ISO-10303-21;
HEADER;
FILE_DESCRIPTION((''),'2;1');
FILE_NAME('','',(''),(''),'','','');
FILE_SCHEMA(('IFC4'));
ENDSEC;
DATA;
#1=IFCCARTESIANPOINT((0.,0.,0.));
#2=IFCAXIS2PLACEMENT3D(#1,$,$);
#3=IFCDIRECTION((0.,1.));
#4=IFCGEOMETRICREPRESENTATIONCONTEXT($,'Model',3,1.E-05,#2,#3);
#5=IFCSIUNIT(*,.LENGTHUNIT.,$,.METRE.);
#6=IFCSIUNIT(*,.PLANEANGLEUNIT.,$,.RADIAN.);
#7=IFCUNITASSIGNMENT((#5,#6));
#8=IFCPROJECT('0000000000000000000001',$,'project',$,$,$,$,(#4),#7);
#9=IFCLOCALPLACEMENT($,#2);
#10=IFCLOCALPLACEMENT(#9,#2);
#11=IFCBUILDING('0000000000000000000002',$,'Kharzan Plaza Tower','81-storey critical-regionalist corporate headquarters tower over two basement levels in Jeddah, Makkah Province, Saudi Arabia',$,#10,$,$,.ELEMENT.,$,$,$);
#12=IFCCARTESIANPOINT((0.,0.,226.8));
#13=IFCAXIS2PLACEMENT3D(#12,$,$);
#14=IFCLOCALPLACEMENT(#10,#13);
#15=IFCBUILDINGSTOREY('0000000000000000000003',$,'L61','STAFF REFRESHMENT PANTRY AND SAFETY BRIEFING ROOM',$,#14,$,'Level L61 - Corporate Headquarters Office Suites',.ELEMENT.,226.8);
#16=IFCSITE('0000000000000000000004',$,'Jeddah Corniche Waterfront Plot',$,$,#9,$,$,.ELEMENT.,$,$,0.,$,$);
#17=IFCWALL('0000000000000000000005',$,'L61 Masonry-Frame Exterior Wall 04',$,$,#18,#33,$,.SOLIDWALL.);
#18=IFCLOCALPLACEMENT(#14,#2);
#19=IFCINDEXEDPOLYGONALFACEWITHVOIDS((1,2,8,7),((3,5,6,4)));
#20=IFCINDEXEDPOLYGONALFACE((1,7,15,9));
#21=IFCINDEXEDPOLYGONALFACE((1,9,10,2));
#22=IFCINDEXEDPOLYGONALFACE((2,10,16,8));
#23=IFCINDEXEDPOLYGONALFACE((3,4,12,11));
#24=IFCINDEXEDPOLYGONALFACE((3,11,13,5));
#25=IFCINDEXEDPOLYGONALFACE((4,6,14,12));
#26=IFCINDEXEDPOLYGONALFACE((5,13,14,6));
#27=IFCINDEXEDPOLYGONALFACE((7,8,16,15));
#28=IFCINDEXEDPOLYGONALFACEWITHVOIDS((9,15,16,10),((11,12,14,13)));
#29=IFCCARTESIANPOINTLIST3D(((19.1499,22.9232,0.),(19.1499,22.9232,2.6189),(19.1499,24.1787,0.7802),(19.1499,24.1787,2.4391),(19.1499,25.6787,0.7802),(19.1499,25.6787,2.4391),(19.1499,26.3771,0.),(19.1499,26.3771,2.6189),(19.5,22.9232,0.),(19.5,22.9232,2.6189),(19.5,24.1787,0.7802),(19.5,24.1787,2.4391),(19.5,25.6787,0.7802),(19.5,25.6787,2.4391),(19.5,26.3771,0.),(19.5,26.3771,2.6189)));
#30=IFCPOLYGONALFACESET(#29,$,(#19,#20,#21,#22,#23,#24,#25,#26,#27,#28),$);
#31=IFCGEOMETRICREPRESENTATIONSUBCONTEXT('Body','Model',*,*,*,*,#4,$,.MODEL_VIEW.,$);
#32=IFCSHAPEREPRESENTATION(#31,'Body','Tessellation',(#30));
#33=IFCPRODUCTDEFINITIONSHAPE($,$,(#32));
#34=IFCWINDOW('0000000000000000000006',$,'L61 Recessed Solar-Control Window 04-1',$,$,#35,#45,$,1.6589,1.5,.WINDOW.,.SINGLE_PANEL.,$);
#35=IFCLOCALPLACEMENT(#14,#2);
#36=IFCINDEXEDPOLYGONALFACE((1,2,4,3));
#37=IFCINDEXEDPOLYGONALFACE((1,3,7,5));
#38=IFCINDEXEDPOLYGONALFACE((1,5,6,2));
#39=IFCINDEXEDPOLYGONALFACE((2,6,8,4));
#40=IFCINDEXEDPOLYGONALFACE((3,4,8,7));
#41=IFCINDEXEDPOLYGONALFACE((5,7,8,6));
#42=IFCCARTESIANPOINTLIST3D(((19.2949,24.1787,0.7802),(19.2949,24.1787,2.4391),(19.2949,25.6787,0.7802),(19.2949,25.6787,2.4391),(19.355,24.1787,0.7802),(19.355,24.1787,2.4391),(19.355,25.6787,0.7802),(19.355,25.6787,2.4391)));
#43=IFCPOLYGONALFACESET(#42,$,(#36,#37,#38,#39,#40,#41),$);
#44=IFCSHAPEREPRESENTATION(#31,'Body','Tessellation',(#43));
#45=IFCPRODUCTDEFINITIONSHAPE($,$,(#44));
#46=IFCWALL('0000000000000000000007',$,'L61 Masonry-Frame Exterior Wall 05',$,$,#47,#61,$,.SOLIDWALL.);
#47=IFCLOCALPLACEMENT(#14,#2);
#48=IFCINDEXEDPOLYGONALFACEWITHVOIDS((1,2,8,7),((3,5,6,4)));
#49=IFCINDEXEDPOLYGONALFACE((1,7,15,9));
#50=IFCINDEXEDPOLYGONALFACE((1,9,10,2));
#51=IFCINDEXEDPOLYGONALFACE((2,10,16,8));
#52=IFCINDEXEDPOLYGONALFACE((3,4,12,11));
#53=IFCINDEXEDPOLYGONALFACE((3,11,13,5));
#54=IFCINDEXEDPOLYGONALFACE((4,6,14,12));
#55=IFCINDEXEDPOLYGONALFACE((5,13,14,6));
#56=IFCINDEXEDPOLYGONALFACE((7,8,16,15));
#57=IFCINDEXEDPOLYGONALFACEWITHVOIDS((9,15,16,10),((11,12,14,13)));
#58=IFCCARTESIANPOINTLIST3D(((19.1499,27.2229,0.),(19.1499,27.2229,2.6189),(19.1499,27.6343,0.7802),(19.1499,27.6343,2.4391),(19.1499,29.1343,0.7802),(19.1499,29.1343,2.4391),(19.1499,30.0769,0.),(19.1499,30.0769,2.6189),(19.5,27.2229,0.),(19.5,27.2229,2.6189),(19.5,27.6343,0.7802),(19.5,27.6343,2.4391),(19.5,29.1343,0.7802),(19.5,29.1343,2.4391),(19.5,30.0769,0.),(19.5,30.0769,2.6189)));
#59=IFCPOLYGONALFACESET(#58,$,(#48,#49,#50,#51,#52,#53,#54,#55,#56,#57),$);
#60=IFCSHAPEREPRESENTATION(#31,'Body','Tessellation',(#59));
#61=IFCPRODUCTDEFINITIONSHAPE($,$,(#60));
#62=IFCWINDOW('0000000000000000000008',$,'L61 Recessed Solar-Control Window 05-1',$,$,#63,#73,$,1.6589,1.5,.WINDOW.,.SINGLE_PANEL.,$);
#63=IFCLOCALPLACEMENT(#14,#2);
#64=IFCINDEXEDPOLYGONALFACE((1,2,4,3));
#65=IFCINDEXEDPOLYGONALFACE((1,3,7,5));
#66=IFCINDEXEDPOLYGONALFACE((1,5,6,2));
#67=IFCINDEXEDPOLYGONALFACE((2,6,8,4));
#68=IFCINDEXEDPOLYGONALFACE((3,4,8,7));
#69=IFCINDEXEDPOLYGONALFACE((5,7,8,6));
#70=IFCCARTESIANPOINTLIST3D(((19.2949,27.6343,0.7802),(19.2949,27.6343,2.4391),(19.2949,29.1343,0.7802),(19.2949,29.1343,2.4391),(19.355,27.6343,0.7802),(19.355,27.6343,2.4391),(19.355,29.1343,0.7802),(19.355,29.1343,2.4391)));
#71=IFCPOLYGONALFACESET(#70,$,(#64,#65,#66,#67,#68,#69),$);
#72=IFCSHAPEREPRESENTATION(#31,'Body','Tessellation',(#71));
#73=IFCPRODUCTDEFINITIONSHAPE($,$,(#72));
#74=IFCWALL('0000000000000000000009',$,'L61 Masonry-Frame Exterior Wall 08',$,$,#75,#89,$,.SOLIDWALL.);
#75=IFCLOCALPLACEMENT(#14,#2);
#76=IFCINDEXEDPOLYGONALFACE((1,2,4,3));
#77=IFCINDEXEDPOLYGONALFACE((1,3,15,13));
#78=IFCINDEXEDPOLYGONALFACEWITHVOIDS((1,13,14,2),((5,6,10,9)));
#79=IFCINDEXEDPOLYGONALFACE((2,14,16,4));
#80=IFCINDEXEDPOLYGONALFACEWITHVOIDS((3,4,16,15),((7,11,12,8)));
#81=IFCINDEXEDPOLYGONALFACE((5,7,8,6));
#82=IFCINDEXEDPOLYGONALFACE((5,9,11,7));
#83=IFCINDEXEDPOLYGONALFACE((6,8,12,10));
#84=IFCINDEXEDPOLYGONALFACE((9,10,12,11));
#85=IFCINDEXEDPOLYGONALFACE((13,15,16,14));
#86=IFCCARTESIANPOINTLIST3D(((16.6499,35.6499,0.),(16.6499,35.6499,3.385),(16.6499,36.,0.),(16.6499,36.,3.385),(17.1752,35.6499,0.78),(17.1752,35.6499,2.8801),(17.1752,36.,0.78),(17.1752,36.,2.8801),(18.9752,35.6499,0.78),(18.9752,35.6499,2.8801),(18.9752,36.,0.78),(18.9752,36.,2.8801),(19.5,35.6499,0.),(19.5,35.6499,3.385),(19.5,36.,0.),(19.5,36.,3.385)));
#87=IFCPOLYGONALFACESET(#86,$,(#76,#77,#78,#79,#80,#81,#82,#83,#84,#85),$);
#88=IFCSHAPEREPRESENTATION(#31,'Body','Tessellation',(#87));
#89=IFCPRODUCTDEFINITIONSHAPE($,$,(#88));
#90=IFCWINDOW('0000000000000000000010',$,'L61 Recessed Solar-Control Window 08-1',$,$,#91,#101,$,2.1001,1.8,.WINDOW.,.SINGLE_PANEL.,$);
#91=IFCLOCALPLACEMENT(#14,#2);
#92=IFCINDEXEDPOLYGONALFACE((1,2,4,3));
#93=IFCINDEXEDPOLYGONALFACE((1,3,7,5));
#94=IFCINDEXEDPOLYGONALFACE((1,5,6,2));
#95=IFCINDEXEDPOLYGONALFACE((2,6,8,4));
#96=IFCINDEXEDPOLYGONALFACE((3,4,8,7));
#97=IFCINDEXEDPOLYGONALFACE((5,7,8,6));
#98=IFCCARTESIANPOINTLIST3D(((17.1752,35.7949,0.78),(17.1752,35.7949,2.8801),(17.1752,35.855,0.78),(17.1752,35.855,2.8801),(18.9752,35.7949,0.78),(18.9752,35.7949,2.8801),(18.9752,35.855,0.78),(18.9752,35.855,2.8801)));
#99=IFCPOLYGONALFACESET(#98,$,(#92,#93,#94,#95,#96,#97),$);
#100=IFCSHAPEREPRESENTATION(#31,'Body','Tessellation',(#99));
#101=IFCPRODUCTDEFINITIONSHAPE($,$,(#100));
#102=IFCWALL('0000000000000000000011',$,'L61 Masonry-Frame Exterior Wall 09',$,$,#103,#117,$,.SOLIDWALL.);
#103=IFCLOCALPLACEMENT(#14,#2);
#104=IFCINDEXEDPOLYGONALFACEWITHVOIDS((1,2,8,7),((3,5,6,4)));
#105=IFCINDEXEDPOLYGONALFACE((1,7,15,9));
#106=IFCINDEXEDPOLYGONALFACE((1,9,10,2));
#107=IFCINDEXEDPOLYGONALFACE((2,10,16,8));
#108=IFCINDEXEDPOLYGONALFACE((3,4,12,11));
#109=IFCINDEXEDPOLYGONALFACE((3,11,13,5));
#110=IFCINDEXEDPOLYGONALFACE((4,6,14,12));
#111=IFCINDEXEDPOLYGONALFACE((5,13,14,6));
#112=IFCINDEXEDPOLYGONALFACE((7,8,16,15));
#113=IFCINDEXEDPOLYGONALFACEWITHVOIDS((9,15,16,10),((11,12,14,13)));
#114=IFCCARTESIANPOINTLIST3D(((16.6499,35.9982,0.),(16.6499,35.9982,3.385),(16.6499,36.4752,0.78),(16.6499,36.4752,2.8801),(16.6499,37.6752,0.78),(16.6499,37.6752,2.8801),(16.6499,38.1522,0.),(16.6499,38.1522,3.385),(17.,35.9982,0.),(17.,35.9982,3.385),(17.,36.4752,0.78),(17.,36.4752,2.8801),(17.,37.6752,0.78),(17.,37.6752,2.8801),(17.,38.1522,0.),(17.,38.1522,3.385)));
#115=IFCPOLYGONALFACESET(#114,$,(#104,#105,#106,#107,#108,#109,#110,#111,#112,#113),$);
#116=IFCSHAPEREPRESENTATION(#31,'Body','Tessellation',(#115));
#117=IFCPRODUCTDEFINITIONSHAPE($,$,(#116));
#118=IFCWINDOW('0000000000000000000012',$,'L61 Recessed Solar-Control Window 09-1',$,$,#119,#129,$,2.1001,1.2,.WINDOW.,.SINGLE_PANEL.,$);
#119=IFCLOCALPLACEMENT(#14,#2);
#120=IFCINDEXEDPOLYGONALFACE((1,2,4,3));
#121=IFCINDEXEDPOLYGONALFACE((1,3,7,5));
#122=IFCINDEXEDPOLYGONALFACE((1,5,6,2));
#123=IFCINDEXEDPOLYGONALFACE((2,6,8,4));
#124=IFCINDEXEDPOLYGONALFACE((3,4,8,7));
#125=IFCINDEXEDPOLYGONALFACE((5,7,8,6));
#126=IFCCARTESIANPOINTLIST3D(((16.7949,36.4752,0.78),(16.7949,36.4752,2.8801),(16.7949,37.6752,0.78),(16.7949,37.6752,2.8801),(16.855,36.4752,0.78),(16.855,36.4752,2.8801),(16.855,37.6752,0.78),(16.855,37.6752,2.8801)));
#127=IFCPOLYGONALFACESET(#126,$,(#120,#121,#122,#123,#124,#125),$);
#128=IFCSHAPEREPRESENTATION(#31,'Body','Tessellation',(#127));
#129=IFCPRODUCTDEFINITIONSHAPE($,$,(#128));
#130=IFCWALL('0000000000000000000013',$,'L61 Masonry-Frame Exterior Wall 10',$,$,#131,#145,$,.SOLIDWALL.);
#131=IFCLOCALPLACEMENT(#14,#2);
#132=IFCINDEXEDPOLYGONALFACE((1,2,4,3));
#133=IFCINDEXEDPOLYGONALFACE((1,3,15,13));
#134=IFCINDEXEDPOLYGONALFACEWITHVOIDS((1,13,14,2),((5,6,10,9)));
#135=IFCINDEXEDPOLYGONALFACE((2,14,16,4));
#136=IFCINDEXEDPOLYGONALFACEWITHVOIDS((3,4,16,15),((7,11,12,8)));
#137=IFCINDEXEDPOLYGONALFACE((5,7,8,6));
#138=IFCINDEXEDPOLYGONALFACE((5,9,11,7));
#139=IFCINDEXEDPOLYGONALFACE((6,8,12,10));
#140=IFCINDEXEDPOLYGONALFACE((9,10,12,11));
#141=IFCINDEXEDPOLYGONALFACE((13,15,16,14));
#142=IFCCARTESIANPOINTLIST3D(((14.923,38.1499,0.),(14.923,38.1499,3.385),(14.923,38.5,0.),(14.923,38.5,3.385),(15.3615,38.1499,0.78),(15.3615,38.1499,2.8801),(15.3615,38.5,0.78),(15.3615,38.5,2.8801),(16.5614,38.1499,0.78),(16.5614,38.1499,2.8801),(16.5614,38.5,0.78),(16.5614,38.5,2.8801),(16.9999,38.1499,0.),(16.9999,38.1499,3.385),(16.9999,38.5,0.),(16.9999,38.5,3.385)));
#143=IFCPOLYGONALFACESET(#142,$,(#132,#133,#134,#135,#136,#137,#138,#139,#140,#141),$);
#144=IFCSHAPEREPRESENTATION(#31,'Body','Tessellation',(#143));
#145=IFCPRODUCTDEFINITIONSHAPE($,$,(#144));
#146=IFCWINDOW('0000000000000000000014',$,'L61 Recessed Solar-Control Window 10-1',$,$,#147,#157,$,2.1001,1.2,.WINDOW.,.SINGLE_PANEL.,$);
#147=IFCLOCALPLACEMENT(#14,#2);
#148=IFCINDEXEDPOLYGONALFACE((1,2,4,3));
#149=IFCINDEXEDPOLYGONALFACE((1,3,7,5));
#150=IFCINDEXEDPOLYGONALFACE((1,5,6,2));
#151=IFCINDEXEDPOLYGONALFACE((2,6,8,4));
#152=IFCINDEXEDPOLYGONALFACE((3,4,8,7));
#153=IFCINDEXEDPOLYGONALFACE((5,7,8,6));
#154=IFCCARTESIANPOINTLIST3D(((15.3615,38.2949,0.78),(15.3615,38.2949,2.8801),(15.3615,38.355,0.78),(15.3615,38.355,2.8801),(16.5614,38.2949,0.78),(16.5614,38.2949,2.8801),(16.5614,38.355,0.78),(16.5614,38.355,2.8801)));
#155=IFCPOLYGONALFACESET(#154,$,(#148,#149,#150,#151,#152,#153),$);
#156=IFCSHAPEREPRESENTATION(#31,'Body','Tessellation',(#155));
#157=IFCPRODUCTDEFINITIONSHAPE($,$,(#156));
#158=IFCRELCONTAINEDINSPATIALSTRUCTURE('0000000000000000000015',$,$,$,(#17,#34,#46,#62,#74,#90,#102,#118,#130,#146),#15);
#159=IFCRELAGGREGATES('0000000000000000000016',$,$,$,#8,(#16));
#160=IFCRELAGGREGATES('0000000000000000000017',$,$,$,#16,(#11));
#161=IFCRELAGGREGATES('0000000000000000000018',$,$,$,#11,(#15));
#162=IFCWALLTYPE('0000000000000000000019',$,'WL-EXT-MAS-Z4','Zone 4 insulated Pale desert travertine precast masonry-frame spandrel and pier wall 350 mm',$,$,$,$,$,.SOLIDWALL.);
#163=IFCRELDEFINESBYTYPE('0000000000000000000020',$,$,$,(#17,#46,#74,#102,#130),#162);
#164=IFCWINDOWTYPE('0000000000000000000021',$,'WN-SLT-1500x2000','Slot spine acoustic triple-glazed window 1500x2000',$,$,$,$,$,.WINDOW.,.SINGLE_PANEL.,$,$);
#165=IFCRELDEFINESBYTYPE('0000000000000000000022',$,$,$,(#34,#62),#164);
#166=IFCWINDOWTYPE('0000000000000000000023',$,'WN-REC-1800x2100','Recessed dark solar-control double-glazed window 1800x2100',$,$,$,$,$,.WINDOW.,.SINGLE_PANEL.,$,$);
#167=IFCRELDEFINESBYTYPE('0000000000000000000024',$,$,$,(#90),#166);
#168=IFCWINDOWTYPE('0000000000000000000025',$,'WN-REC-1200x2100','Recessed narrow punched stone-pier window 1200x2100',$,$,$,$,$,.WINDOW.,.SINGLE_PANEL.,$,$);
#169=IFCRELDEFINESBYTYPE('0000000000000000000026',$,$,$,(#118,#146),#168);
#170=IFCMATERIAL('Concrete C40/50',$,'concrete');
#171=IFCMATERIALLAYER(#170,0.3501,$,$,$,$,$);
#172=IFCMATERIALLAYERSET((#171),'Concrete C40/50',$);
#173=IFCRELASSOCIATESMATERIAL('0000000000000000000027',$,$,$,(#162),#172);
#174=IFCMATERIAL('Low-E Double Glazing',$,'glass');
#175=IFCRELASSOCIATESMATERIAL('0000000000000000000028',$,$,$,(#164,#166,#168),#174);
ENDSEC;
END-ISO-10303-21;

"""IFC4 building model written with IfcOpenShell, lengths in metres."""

from ifc_helpers import new_model, si_unit, direction, frame, frame_2d, origin, place, context, subcontext, project, spatial, rectangle, extrude, source, transform, mapped, material, layer, layer_set, type_object, element, fill, save


model = new_model("IFC4")

# Units and contexts
model_context = context("Model", 3, precision=1e-05, world=origin(), true_north=direction((0.0, 1.0)))
body_context = subcontext(model_context, "Body", "Model", "MODEL_VIEW")
ifc_project = project(units=[si_unit("LENGTHUNIT", "METRE"), si_unit("PLANEANGLEUNIT", "RADIAN")], contexts=[model_context])

# Site, building, storey
site_placement = place(None, origin())
site = spatial("IfcSite", under=ifc_project, at=site_placement, Name="Jeddah Corniche Waterfront Plot", CompositionType="ELEMENT", RefElevation=0.0)
building_placement = place(site_placement, origin())
building = spatial("IfcBuilding", under=site, at=building_placement, Name="Kharzan Plaza Tower", Description="81-storey critical-regionalist corporate headquarters tower over two basement levels in Jeddah, Makkah Province, Saudi Arabia", CompositionType="ELEMENT")
storey_placement = place(building_placement, frame((0.0, 0.0, 226.8)))
storey = spatial("IfcBuildingStorey", under=building, at=storey_placement, Name="L61", Description="STAFF REFRESHMENT PANTRY AND SAFETY BRIEFING ROOM", LongName="Level L61 - Corporate Headquarters Office Suites", CompositionType="ELEMENT", Elevation=226.8)

# Walls, openings, windows
ifc_material_1 = material(Name="Concrete C40/50", Category="concrete")
ifc_layer_1 = layer(ifc_material_1, 0.3501)
ifc_layer_set_1 = layer_set([ifc_layer_1], Name="Concrete C40/50")
wall_type_1 = type_object("IfcWallType", Name="WL-EXT-MAS-Z4", Description="Zone 4 insulated Pale desert travertine precast masonry-frame spandrel and pier wall 350 mm", PredefinedType="SOLIDWALL", material=ifc_layer_set_1)
wall_1_placement = place(storey_placement, frame((19.325, 22.9231, 0.0), z_axis=(0.0, 0.0, 1.0), x_axis=(0.0, 1.0, 0.0)))
wall_1 = element("IfcWall", 1, at=wall_1_placement, inside=storey, type_object=wall_type_1, Name="L61 Masonry-Frame Exterior Wall 04", PredefinedType="SOLIDWALL", context=body_context, shape_type="SweptSolid", body=[
    extrude(rectangle(XDim=3.4539, YDim=0.3501, at=frame_2d((1.7271, 0.0))), origin(), (0.0, 0.0, 1.0), 2.6189),
])
opening_1_placement = place(wall_1_placement, frame((1.2556, 0.0, 0.78)))
opening_1 = element("IfcOpeningElement", 2, at=opening_1_placement, cuts=wall_1, PredefinedType="OPENING", context=body_context, shape_type="SweptSolid", body=[
    extrude(rectangle(XDim=1.5, YDim=1.6589, at=frame_2d((0.75, 0.8296))), frame((0.0, 0.1851, 0.0), z_axis=(0.0, -1.0, 0.0), x_axis=(1.0, 0.0, 0.0)), (0.0, 0.0, 1.0), 0.3701),
])
ifc_material_2 = material(Name="Low-E Double Glazing", Category="glass")
window_type_1 = type_object("IfcWindowType", Name="WN-SLT-1500x2000", Description="Slot spine acoustic triple-glazed window 1500x2000", PartitioningType="SINGLE_PANEL", PredefinedType="WINDOW", material=ifc_material_2)
shared_shape_1 = source(origin(), body_context, "Body", "SweptSolid", [
    extrude(rectangle(XDim=1.5, YDim=1.6589, at=frame_2d((0.75, 0.8296))), frame((0.0, 0.03, 0.0), z_axis=(0.0, -1.0, 0.0), x_axis=(1.0, 0.0, 0.0)), (0.0, 0.0, 1.0), 0.0601),
])
window_1_placement = place(opening_1_placement, origin())
window_1 = element("IfcWindow", 3, at=window_1_placement, inside=storey, type_object=window_type_1, Name="L61 Recessed Solar-Control Window 04-1", OverallHeight=1.6589, OverallWidth=1.5, PartitioningType="SINGLE_PANEL", PredefinedType="WINDOW", context=body_context, shape_type="MappedRepresentation", body=[
    mapped(shared_shape_1, transform((0.0, 0.0, 0.0), x_axis=(1.0, 0.0, 0.0), y_axis=(0.0, 1.0, 0.0), z_axis=(0.0, 0.0, 1.0))),
])
fill(opening_1, window_1)
wall_2_placement = place(storey_placement, frame((19.325, 27.2229, 0.0), z_axis=(0.0, 0.0, 1.0), x_axis=(0.0, 1.0, 0.0)))
wall_2 = element("IfcWall", 4, at=wall_2_placement, inside=storey, type_object=wall_type_1, Name="L61 Masonry-Frame Exterior Wall 05", PredefinedType="SOLIDWALL", context=body_context, shape_type="SweptSolid", body=[
    extrude(rectangle(XDim=2.854, YDim=0.3501, at=frame_2d((1.427, 0.0))), origin(), (0.0, 0.0, 1.0), 2.6189),
])
opening_2_placement = place(wall_2_placement, frame((0.4114, 0.0, 0.78)))
opening_2 = element("IfcOpeningElement", 5, at=opening_2_placement, cuts=wall_2, PredefinedType="OPENING", context=body_context, shape_type="SweptSolid", body=[
    extrude(rectangle(XDim=1.5, YDim=1.6589, at=frame_2d((0.75, 0.8296))), frame((0.0, 0.1851, 0.0), z_axis=(0.0, -1.0, 0.0), x_axis=(1.0, 0.0, 0.0)), (0.0, 0.0, 1.0), 0.3701),
])
window_2_placement = place(opening_2_placement, origin())
window_2 = element("IfcWindow", 6, at=window_2_placement, inside=storey, type_object=window_type_1, Name="L61 Recessed Solar-Control Window 05-1", OverallHeight=1.6589, OverallWidth=1.5, PartitioningType="SINGLE_PANEL", PredefinedType="WINDOW", context=body_context, shape_type="MappedRepresentation", body=[
    mapped(shared_shape_1, transform((0.0, 0.0, 0.0), x_axis=(1.0, 0.0, 0.0), y_axis=(0.0, 1.0, 0.0), z_axis=(0.0, 0.0, 1.0))),
])
fill(opening_2, window_2)
wall_3_placement = place(storey_placement, frame((19.5, 35.825, 0.0), z_axis=(0.0, 0.0, 1.0), x_axis=(-1.0, 0.0, 0.0)))
wall_3 = element("IfcWall", 7, at=wall_3_placement, inside=storey, type_object=wall_type_1, Name="L61 Masonry-Frame Exterior Wall 08", PredefinedType="SOLIDWALL", context=body_context, shape_type="SweptSolid", body=[
    extrude(rectangle(XDim=2.8501, YDim=0.3501, at=frame_2d((1.425, 0.0))), origin(), (0.0, 0.0, 1.0), 3.385),
])
opening_3_placement = place(wall_3_placement, frame((0.5249, 0.0, 0.78)))
opening_3 = element("IfcOpeningElement", 8, at=opening_3_placement, cuts=wall_3, PredefinedType="OPENING", context=body_context, shape_type="SweptSolid", body=[
    extrude(rectangle(XDim=1.8, YDim=2.1001, at=frame_2d((0.8999, 1.05))), frame((0.0, 0.1851, 0.0), z_axis=(0.0, -1.0, 0.0), x_axis=(1.0, 0.0, 0.0)), (0.0, 0.0, 1.0), 0.3701),
])
window_type_2 = type_object("IfcWindowType", Name="WN-REC-1800x2100", Description="Recessed dark solar-control double-glazed window 1800x2100", PartitioningType="SINGLE_PANEL", PredefinedType="WINDOW", material=ifc_material_2)
shared_shape_2 = source(origin(), body_context, "Body", "SweptSolid", [
    extrude(rectangle(XDim=1.8, YDim=2.1001, at=frame_2d((0.8999, 1.05))), frame((0.0, 0.03, 0.0), z_axis=(0.0, -1.0, 0.0), x_axis=(1.0, 0.0, 0.0)), (0.0, 0.0, 1.0), 0.0601),
])
window_3_placement = place(opening_3_placement, origin())
window_3 = element("IfcWindow", 9, at=window_3_placement, inside=storey, type_object=window_type_2, Name="L61 Recessed Solar-Control Window 08-1", OverallHeight=2.1001, OverallWidth=1.8, PartitioningType="SINGLE_PANEL", PredefinedType="WINDOW", context=body_context, shape_type="MappedRepresentation", body=[
    mapped(shared_shape_2, transform((0.0, 0.0, 0.0), x_axis=(1.0, 0.0, 0.0), y_axis=(0.0, 1.0, 0.0), z_axis=(0.0, 0.0, 1.0))),
])
fill(opening_3, window_3)
wall_4_placement = place(storey_placement, frame((16.825, 35.998, 0.0), z_axis=(0.0, 0.0, 1.0), x_axis=(0.0, 1.0, 0.0)))
wall_4 = element("IfcWall", 10, at=wall_4_placement, inside=storey, type_object=wall_type_1, Name="L61 Masonry-Frame Exterior Wall 09", PredefinedType="SOLIDWALL", context=body_context, shape_type="SweptSolid", body=[
    extrude(rectangle(XDim=2.1541, YDim=0.3501, at=frame_2d((1.0771, 0.0))), origin(), (0.0, 0.0, 1.0), 3.385),
])
opening_4_placement = place(wall_4_placement, frame((0.4771, 0.0, 0.78)))
opening_4 = element("IfcOpeningElement", 11, at=opening_4_placement, cuts=wall_4, PredefinedType="OPENING", context=body_context, shape_type="SweptSolid", body=[
    extrude(rectangle(XDim=1.2, YDim=2.1001, at=frame_2d((0.6001, 1.05))), frame((0.0, 0.1851, 0.0), z_axis=(0.0, -1.0, 0.0), x_axis=(1.0, 0.0, 0.0)), (0.0, 0.0, 1.0), 0.3701),
])
window_type_3 = type_object("IfcWindowType", Name="WN-REC-1200x2100", Description="Recessed narrow punched stone-pier window 1200x2100", PartitioningType="SINGLE_PANEL", PredefinedType="WINDOW", material=ifc_material_2)
shared_shape_3 = source(origin(), body_context, "Body", "SweptSolid", [
    extrude(rectangle(XDim=1.2, YDim=2.1001, at=frame_2d((0.6001, 1.05))), frame((0.0, 0.03, 0.0), z_axis=(0.0, -1.0, 0.0), x_axis=(1.0, 0.0, 0.0)), (0.0, 0.0, 1.0), 0.0601),
])
window_4_placement = place(opening_4_placement, origin())
window_4 = element("IfcWindow", 12, at=window_4_placement, inside=storey, type_object=window_type_3, Name="L61 Recessed Solar-Control Window 09-1", OverallHeight=2.1001, OverallWidth=1.2, PartitioningType="SINGLE_PANEL", PredefinedType="WINDOW", context=body_context, shape_type="MappedRepresentation", body=[
    mapped(shared_shape_3, transform((0.0, 0.0, 0.0), x_axis=(1.0, 0.0, 0.0), y_axis=(0.0, 1.0, 0.0), z_axis=(0.0, 0.0, 1.0))),
])
fill(opening_4, window_4)
wall_5_placement = place(storey_placement, frame((17.0, 38.325, 0.0), z_axis=(0.0, 0.0, 1.0), x_axis=(-1.0, 0.0, 0.0)))
wall_5 = element("IfcWall", 13, at=wall_5_placement, inside=storey, type_object=wall_type_1, Name="L61 Masonry-Frame Exterior Wall 10", PredefinedType="SOLIDWALL", context=body_context, shape_type="SweptSolid", body=[
    extrude(rectangle(XDim=2.0769, YDim=0.3501, at=frame_2d((1.0386, 0.0))), origin(), (0.0, 0.0, 1.0), 3.385),
])
opening_5_placement = place(wall_5_placement, frame((0.4385, 0.0, 0.78)))
opening_5 = element("IfcOpeningElement", 14, at=opening_5_placement, cuts=wall_5, PredefinedType="OPENING", context=body_context, shape_type="SweptSolid", body=[
    extrude(rectangle(XDim=1.2, YDim=2.1001, at=frame_2d((0.6001, 1.05))), frame((0.0, 0.1851, 0.0), z_axis=(0.0, -1.0, 0.0), x_axis=(1.0, 0.0, 0.0)), (0.0, 0.0, 1.0), 0.3701),
])
window_5_placement = place(opening_5_placement, origin())
window_5 = element("IfcWindow", 15, at=window_5_placement, inside=storey, type_object=window_type_3, Name="L61 Recessed Solar-Control Window 10-1", OverallHeight=2.1001, OverallWidth=1.2, PartitioningType="SINGLE_PANEL", PredefinedType="WINDOW", context=body_context, shape_type="MappedRepresentation", body=[
    mapped(shared_shape_3, transform((0.0, 0.0, 0.0), x_axis=(1.0, 0.0, 0.0), y_axis=(0.0, 1.0, 0.0), z_axis=(0.0, 0.0, 1.0))),
])
fill(opening_5, window_5)

save(model, "model.ifc")
